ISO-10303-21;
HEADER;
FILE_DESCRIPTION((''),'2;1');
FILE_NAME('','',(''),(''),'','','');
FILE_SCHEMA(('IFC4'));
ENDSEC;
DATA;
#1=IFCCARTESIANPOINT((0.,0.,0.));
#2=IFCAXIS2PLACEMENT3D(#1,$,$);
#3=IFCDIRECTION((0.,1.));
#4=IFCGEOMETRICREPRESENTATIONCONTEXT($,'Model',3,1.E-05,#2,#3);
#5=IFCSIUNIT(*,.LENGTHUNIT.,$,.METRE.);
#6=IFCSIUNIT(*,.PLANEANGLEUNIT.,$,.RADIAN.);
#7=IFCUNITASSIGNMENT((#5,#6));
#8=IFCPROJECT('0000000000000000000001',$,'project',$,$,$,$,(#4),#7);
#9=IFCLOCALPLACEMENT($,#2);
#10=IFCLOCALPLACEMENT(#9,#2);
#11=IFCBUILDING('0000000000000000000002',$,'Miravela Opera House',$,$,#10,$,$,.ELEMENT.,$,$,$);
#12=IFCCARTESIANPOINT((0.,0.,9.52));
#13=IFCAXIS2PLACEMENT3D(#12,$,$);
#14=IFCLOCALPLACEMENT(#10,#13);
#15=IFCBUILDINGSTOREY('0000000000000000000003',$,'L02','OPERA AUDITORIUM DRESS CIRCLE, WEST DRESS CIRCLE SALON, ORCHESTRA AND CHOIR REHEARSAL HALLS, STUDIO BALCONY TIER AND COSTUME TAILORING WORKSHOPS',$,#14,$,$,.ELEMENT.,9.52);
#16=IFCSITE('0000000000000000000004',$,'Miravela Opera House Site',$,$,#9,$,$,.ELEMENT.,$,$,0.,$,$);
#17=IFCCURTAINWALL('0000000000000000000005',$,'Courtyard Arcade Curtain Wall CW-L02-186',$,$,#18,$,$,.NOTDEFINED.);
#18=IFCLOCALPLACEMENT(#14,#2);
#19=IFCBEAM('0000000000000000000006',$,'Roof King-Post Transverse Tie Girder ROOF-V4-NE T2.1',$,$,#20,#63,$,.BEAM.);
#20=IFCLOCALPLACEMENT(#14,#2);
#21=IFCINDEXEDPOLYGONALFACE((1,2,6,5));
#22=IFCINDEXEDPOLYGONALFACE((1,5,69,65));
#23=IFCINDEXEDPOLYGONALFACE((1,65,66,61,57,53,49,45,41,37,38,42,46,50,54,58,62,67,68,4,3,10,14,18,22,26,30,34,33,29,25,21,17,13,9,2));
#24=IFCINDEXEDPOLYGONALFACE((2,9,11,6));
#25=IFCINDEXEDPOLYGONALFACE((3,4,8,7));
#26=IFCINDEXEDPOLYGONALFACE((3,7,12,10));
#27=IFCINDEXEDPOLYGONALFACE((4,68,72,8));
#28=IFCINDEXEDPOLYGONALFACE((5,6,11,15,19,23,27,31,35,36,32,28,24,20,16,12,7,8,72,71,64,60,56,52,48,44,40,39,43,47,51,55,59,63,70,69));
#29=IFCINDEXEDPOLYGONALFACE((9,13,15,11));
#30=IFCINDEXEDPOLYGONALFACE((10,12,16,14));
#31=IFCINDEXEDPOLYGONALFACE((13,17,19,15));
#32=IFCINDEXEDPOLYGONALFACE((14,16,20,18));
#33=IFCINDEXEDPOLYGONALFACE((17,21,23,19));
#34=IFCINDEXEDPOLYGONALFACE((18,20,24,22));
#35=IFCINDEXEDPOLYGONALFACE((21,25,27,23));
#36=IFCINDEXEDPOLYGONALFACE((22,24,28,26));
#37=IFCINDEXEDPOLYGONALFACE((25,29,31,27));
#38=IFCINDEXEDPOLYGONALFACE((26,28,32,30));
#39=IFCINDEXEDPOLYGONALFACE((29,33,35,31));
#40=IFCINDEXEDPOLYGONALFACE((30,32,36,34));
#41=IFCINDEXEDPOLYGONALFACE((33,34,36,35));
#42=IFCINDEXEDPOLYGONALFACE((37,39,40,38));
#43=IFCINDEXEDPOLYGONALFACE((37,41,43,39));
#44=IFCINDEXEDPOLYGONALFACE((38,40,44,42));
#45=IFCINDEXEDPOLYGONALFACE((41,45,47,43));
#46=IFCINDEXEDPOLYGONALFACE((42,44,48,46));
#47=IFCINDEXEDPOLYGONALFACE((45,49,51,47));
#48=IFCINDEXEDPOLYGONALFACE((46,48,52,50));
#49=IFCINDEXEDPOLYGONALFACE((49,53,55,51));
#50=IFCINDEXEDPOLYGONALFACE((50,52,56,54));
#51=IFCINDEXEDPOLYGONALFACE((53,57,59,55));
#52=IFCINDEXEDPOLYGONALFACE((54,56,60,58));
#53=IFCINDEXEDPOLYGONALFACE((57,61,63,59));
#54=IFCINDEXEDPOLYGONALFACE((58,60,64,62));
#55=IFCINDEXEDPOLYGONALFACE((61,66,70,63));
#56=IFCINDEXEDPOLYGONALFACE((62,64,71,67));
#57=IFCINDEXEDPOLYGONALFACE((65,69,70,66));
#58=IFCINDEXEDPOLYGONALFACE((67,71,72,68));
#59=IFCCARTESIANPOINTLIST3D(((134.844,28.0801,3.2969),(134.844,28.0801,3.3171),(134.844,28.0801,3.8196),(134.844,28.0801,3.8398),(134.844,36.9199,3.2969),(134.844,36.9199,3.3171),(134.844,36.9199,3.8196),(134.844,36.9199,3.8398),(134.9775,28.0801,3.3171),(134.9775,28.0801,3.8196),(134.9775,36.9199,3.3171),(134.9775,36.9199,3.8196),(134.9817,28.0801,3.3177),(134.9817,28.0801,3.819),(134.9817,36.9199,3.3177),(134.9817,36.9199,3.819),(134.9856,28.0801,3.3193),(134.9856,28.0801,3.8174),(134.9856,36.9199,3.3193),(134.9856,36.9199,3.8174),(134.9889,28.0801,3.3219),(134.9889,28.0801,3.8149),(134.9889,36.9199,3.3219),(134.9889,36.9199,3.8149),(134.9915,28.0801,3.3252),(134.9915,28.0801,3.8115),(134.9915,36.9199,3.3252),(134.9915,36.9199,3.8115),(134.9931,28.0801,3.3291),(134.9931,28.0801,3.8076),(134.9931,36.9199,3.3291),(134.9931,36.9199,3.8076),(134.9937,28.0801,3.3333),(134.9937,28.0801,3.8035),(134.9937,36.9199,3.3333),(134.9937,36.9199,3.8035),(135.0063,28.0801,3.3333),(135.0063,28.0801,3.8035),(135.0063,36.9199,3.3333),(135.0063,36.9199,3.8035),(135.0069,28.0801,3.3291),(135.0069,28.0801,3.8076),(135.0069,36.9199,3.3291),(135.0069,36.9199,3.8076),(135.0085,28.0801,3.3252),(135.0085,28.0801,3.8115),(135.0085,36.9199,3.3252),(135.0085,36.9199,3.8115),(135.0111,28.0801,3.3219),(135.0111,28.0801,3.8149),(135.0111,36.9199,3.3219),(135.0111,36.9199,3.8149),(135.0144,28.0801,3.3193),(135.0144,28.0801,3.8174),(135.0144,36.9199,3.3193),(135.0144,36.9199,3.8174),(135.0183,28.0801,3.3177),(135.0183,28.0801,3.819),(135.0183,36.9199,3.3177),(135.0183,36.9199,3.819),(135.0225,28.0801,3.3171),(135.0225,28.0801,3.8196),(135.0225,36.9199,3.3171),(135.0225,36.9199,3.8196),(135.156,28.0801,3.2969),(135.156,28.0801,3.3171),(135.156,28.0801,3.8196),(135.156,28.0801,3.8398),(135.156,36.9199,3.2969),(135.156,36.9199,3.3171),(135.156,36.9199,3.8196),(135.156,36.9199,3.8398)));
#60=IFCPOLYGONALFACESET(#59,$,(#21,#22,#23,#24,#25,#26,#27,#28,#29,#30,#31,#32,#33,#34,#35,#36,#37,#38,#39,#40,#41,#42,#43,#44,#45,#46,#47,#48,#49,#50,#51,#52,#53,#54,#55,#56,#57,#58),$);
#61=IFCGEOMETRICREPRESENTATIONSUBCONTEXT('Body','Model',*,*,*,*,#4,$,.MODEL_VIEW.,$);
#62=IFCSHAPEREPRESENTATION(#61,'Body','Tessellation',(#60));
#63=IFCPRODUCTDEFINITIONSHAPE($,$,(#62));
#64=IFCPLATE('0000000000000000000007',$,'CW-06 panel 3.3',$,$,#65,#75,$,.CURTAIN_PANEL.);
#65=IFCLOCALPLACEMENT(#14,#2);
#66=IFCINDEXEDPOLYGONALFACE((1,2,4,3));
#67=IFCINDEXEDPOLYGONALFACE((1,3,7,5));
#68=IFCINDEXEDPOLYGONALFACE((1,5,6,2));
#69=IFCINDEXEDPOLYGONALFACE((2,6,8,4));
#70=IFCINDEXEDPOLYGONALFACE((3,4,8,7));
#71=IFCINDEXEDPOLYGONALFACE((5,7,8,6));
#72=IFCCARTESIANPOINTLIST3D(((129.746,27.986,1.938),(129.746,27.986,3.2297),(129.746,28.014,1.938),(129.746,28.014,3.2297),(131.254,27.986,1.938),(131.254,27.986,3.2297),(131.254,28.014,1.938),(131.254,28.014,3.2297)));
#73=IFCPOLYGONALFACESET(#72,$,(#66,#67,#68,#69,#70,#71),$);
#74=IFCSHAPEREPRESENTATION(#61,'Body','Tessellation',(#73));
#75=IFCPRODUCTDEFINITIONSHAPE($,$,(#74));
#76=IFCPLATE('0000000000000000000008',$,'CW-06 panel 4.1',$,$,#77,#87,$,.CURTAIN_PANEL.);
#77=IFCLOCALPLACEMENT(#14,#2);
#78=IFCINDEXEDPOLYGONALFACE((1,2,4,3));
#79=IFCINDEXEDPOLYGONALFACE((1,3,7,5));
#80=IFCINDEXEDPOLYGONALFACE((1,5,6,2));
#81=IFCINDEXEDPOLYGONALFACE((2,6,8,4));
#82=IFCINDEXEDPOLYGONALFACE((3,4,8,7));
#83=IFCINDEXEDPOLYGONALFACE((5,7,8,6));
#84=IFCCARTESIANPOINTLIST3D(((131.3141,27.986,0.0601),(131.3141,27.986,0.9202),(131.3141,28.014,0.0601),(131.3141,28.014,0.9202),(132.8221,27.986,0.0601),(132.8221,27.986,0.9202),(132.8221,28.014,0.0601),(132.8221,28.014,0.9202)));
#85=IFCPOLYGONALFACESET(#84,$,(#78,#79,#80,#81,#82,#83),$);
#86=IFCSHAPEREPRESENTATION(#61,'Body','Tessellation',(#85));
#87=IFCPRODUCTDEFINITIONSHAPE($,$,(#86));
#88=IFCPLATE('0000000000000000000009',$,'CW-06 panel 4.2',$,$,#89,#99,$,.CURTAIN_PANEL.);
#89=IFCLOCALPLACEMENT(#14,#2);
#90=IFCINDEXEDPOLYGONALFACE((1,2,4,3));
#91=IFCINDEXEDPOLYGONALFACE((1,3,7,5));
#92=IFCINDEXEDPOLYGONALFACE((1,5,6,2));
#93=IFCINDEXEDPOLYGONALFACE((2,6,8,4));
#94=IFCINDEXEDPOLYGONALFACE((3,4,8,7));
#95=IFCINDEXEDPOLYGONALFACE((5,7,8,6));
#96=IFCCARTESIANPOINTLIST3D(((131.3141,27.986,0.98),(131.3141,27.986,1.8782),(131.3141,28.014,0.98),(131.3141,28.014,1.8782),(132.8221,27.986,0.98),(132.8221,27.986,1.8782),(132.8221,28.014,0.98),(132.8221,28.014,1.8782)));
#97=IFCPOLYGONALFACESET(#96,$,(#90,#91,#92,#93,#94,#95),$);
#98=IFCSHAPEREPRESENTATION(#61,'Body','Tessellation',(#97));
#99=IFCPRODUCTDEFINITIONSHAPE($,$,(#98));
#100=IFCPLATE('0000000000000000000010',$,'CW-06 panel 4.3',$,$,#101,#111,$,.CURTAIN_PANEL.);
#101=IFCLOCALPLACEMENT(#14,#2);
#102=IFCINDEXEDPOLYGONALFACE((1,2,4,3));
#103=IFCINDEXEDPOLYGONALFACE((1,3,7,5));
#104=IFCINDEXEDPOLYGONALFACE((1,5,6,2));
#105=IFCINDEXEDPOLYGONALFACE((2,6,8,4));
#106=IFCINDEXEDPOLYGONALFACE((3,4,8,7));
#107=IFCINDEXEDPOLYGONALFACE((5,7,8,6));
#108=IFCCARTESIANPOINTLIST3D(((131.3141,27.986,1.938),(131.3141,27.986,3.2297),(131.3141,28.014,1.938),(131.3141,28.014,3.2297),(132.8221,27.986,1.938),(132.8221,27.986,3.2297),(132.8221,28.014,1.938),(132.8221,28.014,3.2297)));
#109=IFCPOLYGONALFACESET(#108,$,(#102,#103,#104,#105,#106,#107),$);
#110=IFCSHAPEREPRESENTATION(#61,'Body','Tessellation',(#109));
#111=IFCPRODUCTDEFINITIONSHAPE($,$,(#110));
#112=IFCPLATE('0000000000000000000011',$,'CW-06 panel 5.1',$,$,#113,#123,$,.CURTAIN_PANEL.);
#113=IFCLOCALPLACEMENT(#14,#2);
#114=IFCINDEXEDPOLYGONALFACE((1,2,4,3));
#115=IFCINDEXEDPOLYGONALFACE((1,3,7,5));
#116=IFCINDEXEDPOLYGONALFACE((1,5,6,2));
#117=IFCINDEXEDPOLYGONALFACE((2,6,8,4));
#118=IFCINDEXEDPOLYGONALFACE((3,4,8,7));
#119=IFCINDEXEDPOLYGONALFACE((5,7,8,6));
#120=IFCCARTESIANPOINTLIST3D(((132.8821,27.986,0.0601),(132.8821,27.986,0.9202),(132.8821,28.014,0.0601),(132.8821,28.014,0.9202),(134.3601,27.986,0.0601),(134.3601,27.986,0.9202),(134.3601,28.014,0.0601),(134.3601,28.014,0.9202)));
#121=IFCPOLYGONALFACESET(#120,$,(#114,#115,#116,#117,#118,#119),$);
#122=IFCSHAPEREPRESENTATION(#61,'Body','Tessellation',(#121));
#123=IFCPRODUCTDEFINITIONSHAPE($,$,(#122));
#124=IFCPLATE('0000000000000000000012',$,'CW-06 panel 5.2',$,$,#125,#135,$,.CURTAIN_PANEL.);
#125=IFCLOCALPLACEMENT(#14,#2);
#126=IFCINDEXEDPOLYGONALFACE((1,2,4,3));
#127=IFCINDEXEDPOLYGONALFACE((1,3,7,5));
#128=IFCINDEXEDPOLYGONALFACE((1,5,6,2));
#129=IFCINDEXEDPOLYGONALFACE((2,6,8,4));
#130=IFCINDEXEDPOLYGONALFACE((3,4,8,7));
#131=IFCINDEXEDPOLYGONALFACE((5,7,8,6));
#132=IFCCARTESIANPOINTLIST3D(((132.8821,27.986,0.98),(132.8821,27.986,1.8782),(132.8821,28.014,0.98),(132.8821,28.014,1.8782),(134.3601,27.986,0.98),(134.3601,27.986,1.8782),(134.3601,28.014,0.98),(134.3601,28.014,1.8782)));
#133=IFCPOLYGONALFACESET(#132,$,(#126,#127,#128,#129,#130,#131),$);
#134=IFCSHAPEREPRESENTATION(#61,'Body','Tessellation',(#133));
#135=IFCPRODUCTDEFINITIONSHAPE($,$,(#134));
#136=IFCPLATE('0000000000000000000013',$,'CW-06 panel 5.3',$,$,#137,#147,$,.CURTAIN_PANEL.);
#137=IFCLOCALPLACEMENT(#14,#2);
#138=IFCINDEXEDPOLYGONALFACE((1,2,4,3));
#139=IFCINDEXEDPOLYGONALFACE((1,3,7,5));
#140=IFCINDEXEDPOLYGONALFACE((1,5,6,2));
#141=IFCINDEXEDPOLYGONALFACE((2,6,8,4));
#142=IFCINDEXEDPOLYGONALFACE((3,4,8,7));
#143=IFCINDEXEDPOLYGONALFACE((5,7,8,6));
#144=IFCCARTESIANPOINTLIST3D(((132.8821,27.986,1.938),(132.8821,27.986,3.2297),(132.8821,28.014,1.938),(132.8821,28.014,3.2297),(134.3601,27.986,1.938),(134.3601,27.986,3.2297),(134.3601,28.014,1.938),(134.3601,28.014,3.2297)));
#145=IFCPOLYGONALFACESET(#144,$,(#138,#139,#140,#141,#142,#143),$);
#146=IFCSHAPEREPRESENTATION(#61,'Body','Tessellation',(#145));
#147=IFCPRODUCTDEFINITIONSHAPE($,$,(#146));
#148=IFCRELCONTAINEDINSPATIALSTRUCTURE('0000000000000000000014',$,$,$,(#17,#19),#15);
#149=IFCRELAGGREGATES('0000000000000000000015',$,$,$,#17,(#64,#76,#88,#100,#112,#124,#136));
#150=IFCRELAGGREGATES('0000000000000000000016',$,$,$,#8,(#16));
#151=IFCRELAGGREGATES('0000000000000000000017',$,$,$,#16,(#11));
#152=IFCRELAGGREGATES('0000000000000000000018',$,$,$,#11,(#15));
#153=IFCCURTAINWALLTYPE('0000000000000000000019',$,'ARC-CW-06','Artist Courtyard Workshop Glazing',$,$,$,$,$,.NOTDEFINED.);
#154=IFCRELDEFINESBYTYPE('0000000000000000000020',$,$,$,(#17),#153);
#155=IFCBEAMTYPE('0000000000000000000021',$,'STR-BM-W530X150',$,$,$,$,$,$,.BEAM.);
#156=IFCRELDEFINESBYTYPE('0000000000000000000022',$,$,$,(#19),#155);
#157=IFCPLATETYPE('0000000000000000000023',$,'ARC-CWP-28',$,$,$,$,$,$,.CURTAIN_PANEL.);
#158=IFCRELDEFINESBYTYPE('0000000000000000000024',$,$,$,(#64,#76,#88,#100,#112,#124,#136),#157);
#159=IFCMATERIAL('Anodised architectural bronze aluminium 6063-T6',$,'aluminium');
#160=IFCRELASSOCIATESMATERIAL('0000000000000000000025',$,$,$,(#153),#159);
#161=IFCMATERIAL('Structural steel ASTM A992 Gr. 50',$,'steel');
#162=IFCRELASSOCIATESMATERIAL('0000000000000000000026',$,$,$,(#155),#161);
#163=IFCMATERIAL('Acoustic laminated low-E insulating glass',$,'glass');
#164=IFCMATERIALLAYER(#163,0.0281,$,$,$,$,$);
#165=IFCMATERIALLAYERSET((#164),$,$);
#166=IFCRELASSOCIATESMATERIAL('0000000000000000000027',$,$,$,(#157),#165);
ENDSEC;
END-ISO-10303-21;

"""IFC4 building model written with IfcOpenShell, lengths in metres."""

from ifc_helpers import new_model, si_unit, direction, frame, origin, origin_2d, place, context, subcontext, project, spatial, rectangle, i_section, extrude, material, layer, layer_set, material_profile, profile_set, type_object, element, aggregate, save


model = new_model("IFC4")

# Units and contexts
model_context = context("Model", 3, precision=1e-05, world=origin(), true_north=direction((0.0, 1.0)))
body_context = subcontext(model_context, "Body", "Model", "MODEL_VIEW")
ifc_project = project(units=[si_unit("LENGTHUNIT", "METRE"), si_unit("PLANEANGLEUNIT", "RADIAN")], contexts=[model_context])

# Site, building, storey
site_placement = place(None, origin())
site = spatial("IfcSite", under=ifc_project, at=site_placement, Name="Miravela Opera House Site", CompositionType="ELEMENT", RefElevation=0.0)
building_placement = place(site_placement, origin())
building = spatial("IfcBuilding", under=site, at=building_placement, Name="Miravela Opera House", CompositionType="ELEMENT")
storey_placement = place(building_placement, frame((0.0, 0.0, 9.52)))
storey = spatial("IfcBuildingStorey", under=building, at=storey_placement, Name="L02", Description="OPERA AUDITORIUM DRESS CIRCLE, WEST DRESS CIRCLE SALON, ORCHESTRA AND CHOIR REHEARSAL HALLS, STUDIO BALCONY TIER AND COSTUME TAILORING WORKSHOPS", CompositionType="ELEMENT", Elevation=9.52)

# Curtain wall
ifc_material_1 = material(Name="Anodised architectural bronze aluminium 6063-T6", Category="aluminium")
curtain_wall_type = type_object("IfcCurtainWallType", Name="ARC-CW-06", Description="Artist Courtyard Workshop Glazing", PredefinedType="NOTDEFINED", material=ifc_material_1)
curtain_wall_placement = place(storey_placement, origin())
curtain_wall = element("IfcCurtainWall", 1, at=curtain_wall_placement, inside=storey, type_object=curtain_wall_type, Name="Courtyard Arcade Curtain Wall CW-L02-186", PredefinedType="NOTDEFINED")

# Beam
ifc_material_2 = material(Name="Structural steel ASTM A992 Gr. 50", Category="steel")
ifc_material_profile_1 = material_profile(ifc_material_2, i_section(OverallWidth=0.312, OverallDepth=0.543, WebThickness=0.0127, FlangeThickness=0.0203, FilletRadius=0.0161, at=origin_2d()), Name="W530X150")
ifc_profile_set_1 = profile_set([ifc_material_profile_1])
beam_type_1 = type_object("IfcBeamType", Name="STR-BM-W530X150", PredefinedType="BEAM", material=ifc_profile_set_1)
beam_1_placement = place(storey_placement, frame((135.0, 28.0801, 3.5684), z_axis=(0.0, 1.0, 0.0), x_axis=(-1.0, 0.0, 0.0)))
element("IfcBeam", 2, at=beam_1_placement, inside=storey, type_object=beam_type_1, Name="Roof King-Post Transverse Tie Girder ROOF-V4-NE T2.1", PredefinedType="BEAM", context=body_context, shape_type="SweptSolid", body=[
    extrude(i_section(OverallWidth=0.312, OverallDepth=0.543, WebThickness=0.0127, FlangeThickness=0.0203, FilletRadius=0.0161, at=origin_2d()), origin(), (0.0, 0.0, 1.0), 8.8398),
])

# Plates
ifc_material_3 = material(Name="Acoustic laminated low-E insulating glass", Category="glass")
ifc_layer = layer(ifc_material_3, 0.0281)
ifc_layer_set = layer_set([ifc_layer])
plate_type = type_object("IfcPlateType", Name="ARC-CWP-28", PredefinedType="CURTAIN_PANEL", material=ifc_layer_set)
plate_1_placement = place(storey_placement, frame((130.5, 28.0, 1.938), z_axis=(0.0, 0.0, 1.0), x_axis=(1.0, 0.0, 0.0)))
plate_1 = element("IfcPlate", 3, at=plate_1_placement, type_object=plate_type, Name="CW-06 panel 3.3", PredefinedType="CURTAIN_PANEL", context=body_context, shape_type="SweptSolid", body=[
    extrude(rectangle(XDim=1.5081, YDim=0.0281, at=origin_2d()), origin(), (0.0, 0.0, 1.0), 1.2917),
])
plate_2_placement = place(storey_placement, frame((132.0681, 28.0, 0.0601), z_axis=(0.0, 0.0, 1.0), x_axis=(1.0, 0.0, 0.0)))
plate_2 = element("IfcPlate", 4, at=plate_2_placement, type_object=plate_type, Name="CW-06 panel 4.1", PredefinedType="CURTAIN_PANEL", context=body_context, shape_type="SweptSolid", body=[
    extrude(rectangle(XDim=1.5081, YDim=0.0281, at=origin_2d()), origin(), (0.0, 0.0, 1.0), 0.8601),
])
plate_3_placement = place(storey_placement, frame((132.0681, 28.0, 0.98), z_axis=(0.0, 0.0, 1.0), x_axis=(1.0, 0.0, 0.0)))
plate_3 = element("IfcPlate", 5, at=plate_3_placement, type_object=plate_type, Name="CW-06 panel 4.2", PredefinedType="CURTAIN_PANEL", context=body_context, shape_type="SweptSolid", body=[
    extrude(rectangle(XDim=1.5081, YDim=0.0281, at=origin_2d()), origin(), (0.0, 0.0, 1.0), 0.8982),
])
plate_4_placement = place(storey_placement, frame((132.0681, 28.0, 1.938), z_axis=(0.0, 0.0, 1.0), x_axis=(1.0, 0.0, 0.0)))
plate_4 = element("IfcPlate", 6, at=plate_4_placement, type_object=plate_type, Name="CW-06 panel 4.3", PredefinedType="CURTAIN_PANEL", context=body_context, shape_type="SweptSolid", body=[
    extrude(rectangle(XDim=1.5081, YDim=0.0281, at=origin_2d()), origin(), (0.0, 0.0, 1.0), 1.2917),
])
plate_5_placement = place(storey_placement, frame((133.6211, 28.0, 0.0601), z_axis=(0.0, 0.0, 1.0), x_axis=(1.0, 0.0, 0.0)))
plate_5 = element("IfcPlate", 7, at=plate_5_placement, type_object=plate_type, Name="CW-06 panel 5.1", PredefinedType="CURTAIN_PANEL", context=body_context, shape_type="SweptSolid", body=[
    extrude(rectangle(XDim=1.478, YDim=0.0281, at=origin_2d()), origin(), (0.0, 0.0, 1.0), 0.8601),
])
plate_6_placement = place(storey_placement, frame((133.6211, 28.0, 0.98), z_axis=(0.0, 0.0, 1.0), x_axis=(1.0, 0.0, 0.0)))
plate_6 = element("IfcPlate", 8, at=plate_6_placement, type_object=plate_type, Name="CW-06 panel 5.2", PredefinedType="CURTAIN_PANEL", context=body_context, shape_type="SweptSolid", body=[
    extrude(rectangle(XDim=1.478, YDim=0.0281, at=origin_2d()), origin(), (0.0, 0.0, 1.0), 0.8982),
])
plate_7_placement = place(storey_placement, frame((133.6211, 28.0, 1.938), z_axis=(0.0, 0.0, 1.0), x_axis=(1.0, 0.0, 0.0)))
plate_7 = element("IfcPlate", 9, at=plate_7_placement, type_object=plate_type, Name="CW-06 panel 5.3", PredefinedType="CURTAIN_PANEL", context=body_context, shape_type="SweptSolid", body=[
    extrude(rectangle(XDim=1.478, YDim=0.0281, at=origin_2d()), origin(), (0.0, 0.0, 1.0), 1.2917),
])
aggregate(curtain_wall, [plate_1, plate_2, plate_3, plate_4, plate_5, plate_6, plate_7])

save(model, "model.ifc")
